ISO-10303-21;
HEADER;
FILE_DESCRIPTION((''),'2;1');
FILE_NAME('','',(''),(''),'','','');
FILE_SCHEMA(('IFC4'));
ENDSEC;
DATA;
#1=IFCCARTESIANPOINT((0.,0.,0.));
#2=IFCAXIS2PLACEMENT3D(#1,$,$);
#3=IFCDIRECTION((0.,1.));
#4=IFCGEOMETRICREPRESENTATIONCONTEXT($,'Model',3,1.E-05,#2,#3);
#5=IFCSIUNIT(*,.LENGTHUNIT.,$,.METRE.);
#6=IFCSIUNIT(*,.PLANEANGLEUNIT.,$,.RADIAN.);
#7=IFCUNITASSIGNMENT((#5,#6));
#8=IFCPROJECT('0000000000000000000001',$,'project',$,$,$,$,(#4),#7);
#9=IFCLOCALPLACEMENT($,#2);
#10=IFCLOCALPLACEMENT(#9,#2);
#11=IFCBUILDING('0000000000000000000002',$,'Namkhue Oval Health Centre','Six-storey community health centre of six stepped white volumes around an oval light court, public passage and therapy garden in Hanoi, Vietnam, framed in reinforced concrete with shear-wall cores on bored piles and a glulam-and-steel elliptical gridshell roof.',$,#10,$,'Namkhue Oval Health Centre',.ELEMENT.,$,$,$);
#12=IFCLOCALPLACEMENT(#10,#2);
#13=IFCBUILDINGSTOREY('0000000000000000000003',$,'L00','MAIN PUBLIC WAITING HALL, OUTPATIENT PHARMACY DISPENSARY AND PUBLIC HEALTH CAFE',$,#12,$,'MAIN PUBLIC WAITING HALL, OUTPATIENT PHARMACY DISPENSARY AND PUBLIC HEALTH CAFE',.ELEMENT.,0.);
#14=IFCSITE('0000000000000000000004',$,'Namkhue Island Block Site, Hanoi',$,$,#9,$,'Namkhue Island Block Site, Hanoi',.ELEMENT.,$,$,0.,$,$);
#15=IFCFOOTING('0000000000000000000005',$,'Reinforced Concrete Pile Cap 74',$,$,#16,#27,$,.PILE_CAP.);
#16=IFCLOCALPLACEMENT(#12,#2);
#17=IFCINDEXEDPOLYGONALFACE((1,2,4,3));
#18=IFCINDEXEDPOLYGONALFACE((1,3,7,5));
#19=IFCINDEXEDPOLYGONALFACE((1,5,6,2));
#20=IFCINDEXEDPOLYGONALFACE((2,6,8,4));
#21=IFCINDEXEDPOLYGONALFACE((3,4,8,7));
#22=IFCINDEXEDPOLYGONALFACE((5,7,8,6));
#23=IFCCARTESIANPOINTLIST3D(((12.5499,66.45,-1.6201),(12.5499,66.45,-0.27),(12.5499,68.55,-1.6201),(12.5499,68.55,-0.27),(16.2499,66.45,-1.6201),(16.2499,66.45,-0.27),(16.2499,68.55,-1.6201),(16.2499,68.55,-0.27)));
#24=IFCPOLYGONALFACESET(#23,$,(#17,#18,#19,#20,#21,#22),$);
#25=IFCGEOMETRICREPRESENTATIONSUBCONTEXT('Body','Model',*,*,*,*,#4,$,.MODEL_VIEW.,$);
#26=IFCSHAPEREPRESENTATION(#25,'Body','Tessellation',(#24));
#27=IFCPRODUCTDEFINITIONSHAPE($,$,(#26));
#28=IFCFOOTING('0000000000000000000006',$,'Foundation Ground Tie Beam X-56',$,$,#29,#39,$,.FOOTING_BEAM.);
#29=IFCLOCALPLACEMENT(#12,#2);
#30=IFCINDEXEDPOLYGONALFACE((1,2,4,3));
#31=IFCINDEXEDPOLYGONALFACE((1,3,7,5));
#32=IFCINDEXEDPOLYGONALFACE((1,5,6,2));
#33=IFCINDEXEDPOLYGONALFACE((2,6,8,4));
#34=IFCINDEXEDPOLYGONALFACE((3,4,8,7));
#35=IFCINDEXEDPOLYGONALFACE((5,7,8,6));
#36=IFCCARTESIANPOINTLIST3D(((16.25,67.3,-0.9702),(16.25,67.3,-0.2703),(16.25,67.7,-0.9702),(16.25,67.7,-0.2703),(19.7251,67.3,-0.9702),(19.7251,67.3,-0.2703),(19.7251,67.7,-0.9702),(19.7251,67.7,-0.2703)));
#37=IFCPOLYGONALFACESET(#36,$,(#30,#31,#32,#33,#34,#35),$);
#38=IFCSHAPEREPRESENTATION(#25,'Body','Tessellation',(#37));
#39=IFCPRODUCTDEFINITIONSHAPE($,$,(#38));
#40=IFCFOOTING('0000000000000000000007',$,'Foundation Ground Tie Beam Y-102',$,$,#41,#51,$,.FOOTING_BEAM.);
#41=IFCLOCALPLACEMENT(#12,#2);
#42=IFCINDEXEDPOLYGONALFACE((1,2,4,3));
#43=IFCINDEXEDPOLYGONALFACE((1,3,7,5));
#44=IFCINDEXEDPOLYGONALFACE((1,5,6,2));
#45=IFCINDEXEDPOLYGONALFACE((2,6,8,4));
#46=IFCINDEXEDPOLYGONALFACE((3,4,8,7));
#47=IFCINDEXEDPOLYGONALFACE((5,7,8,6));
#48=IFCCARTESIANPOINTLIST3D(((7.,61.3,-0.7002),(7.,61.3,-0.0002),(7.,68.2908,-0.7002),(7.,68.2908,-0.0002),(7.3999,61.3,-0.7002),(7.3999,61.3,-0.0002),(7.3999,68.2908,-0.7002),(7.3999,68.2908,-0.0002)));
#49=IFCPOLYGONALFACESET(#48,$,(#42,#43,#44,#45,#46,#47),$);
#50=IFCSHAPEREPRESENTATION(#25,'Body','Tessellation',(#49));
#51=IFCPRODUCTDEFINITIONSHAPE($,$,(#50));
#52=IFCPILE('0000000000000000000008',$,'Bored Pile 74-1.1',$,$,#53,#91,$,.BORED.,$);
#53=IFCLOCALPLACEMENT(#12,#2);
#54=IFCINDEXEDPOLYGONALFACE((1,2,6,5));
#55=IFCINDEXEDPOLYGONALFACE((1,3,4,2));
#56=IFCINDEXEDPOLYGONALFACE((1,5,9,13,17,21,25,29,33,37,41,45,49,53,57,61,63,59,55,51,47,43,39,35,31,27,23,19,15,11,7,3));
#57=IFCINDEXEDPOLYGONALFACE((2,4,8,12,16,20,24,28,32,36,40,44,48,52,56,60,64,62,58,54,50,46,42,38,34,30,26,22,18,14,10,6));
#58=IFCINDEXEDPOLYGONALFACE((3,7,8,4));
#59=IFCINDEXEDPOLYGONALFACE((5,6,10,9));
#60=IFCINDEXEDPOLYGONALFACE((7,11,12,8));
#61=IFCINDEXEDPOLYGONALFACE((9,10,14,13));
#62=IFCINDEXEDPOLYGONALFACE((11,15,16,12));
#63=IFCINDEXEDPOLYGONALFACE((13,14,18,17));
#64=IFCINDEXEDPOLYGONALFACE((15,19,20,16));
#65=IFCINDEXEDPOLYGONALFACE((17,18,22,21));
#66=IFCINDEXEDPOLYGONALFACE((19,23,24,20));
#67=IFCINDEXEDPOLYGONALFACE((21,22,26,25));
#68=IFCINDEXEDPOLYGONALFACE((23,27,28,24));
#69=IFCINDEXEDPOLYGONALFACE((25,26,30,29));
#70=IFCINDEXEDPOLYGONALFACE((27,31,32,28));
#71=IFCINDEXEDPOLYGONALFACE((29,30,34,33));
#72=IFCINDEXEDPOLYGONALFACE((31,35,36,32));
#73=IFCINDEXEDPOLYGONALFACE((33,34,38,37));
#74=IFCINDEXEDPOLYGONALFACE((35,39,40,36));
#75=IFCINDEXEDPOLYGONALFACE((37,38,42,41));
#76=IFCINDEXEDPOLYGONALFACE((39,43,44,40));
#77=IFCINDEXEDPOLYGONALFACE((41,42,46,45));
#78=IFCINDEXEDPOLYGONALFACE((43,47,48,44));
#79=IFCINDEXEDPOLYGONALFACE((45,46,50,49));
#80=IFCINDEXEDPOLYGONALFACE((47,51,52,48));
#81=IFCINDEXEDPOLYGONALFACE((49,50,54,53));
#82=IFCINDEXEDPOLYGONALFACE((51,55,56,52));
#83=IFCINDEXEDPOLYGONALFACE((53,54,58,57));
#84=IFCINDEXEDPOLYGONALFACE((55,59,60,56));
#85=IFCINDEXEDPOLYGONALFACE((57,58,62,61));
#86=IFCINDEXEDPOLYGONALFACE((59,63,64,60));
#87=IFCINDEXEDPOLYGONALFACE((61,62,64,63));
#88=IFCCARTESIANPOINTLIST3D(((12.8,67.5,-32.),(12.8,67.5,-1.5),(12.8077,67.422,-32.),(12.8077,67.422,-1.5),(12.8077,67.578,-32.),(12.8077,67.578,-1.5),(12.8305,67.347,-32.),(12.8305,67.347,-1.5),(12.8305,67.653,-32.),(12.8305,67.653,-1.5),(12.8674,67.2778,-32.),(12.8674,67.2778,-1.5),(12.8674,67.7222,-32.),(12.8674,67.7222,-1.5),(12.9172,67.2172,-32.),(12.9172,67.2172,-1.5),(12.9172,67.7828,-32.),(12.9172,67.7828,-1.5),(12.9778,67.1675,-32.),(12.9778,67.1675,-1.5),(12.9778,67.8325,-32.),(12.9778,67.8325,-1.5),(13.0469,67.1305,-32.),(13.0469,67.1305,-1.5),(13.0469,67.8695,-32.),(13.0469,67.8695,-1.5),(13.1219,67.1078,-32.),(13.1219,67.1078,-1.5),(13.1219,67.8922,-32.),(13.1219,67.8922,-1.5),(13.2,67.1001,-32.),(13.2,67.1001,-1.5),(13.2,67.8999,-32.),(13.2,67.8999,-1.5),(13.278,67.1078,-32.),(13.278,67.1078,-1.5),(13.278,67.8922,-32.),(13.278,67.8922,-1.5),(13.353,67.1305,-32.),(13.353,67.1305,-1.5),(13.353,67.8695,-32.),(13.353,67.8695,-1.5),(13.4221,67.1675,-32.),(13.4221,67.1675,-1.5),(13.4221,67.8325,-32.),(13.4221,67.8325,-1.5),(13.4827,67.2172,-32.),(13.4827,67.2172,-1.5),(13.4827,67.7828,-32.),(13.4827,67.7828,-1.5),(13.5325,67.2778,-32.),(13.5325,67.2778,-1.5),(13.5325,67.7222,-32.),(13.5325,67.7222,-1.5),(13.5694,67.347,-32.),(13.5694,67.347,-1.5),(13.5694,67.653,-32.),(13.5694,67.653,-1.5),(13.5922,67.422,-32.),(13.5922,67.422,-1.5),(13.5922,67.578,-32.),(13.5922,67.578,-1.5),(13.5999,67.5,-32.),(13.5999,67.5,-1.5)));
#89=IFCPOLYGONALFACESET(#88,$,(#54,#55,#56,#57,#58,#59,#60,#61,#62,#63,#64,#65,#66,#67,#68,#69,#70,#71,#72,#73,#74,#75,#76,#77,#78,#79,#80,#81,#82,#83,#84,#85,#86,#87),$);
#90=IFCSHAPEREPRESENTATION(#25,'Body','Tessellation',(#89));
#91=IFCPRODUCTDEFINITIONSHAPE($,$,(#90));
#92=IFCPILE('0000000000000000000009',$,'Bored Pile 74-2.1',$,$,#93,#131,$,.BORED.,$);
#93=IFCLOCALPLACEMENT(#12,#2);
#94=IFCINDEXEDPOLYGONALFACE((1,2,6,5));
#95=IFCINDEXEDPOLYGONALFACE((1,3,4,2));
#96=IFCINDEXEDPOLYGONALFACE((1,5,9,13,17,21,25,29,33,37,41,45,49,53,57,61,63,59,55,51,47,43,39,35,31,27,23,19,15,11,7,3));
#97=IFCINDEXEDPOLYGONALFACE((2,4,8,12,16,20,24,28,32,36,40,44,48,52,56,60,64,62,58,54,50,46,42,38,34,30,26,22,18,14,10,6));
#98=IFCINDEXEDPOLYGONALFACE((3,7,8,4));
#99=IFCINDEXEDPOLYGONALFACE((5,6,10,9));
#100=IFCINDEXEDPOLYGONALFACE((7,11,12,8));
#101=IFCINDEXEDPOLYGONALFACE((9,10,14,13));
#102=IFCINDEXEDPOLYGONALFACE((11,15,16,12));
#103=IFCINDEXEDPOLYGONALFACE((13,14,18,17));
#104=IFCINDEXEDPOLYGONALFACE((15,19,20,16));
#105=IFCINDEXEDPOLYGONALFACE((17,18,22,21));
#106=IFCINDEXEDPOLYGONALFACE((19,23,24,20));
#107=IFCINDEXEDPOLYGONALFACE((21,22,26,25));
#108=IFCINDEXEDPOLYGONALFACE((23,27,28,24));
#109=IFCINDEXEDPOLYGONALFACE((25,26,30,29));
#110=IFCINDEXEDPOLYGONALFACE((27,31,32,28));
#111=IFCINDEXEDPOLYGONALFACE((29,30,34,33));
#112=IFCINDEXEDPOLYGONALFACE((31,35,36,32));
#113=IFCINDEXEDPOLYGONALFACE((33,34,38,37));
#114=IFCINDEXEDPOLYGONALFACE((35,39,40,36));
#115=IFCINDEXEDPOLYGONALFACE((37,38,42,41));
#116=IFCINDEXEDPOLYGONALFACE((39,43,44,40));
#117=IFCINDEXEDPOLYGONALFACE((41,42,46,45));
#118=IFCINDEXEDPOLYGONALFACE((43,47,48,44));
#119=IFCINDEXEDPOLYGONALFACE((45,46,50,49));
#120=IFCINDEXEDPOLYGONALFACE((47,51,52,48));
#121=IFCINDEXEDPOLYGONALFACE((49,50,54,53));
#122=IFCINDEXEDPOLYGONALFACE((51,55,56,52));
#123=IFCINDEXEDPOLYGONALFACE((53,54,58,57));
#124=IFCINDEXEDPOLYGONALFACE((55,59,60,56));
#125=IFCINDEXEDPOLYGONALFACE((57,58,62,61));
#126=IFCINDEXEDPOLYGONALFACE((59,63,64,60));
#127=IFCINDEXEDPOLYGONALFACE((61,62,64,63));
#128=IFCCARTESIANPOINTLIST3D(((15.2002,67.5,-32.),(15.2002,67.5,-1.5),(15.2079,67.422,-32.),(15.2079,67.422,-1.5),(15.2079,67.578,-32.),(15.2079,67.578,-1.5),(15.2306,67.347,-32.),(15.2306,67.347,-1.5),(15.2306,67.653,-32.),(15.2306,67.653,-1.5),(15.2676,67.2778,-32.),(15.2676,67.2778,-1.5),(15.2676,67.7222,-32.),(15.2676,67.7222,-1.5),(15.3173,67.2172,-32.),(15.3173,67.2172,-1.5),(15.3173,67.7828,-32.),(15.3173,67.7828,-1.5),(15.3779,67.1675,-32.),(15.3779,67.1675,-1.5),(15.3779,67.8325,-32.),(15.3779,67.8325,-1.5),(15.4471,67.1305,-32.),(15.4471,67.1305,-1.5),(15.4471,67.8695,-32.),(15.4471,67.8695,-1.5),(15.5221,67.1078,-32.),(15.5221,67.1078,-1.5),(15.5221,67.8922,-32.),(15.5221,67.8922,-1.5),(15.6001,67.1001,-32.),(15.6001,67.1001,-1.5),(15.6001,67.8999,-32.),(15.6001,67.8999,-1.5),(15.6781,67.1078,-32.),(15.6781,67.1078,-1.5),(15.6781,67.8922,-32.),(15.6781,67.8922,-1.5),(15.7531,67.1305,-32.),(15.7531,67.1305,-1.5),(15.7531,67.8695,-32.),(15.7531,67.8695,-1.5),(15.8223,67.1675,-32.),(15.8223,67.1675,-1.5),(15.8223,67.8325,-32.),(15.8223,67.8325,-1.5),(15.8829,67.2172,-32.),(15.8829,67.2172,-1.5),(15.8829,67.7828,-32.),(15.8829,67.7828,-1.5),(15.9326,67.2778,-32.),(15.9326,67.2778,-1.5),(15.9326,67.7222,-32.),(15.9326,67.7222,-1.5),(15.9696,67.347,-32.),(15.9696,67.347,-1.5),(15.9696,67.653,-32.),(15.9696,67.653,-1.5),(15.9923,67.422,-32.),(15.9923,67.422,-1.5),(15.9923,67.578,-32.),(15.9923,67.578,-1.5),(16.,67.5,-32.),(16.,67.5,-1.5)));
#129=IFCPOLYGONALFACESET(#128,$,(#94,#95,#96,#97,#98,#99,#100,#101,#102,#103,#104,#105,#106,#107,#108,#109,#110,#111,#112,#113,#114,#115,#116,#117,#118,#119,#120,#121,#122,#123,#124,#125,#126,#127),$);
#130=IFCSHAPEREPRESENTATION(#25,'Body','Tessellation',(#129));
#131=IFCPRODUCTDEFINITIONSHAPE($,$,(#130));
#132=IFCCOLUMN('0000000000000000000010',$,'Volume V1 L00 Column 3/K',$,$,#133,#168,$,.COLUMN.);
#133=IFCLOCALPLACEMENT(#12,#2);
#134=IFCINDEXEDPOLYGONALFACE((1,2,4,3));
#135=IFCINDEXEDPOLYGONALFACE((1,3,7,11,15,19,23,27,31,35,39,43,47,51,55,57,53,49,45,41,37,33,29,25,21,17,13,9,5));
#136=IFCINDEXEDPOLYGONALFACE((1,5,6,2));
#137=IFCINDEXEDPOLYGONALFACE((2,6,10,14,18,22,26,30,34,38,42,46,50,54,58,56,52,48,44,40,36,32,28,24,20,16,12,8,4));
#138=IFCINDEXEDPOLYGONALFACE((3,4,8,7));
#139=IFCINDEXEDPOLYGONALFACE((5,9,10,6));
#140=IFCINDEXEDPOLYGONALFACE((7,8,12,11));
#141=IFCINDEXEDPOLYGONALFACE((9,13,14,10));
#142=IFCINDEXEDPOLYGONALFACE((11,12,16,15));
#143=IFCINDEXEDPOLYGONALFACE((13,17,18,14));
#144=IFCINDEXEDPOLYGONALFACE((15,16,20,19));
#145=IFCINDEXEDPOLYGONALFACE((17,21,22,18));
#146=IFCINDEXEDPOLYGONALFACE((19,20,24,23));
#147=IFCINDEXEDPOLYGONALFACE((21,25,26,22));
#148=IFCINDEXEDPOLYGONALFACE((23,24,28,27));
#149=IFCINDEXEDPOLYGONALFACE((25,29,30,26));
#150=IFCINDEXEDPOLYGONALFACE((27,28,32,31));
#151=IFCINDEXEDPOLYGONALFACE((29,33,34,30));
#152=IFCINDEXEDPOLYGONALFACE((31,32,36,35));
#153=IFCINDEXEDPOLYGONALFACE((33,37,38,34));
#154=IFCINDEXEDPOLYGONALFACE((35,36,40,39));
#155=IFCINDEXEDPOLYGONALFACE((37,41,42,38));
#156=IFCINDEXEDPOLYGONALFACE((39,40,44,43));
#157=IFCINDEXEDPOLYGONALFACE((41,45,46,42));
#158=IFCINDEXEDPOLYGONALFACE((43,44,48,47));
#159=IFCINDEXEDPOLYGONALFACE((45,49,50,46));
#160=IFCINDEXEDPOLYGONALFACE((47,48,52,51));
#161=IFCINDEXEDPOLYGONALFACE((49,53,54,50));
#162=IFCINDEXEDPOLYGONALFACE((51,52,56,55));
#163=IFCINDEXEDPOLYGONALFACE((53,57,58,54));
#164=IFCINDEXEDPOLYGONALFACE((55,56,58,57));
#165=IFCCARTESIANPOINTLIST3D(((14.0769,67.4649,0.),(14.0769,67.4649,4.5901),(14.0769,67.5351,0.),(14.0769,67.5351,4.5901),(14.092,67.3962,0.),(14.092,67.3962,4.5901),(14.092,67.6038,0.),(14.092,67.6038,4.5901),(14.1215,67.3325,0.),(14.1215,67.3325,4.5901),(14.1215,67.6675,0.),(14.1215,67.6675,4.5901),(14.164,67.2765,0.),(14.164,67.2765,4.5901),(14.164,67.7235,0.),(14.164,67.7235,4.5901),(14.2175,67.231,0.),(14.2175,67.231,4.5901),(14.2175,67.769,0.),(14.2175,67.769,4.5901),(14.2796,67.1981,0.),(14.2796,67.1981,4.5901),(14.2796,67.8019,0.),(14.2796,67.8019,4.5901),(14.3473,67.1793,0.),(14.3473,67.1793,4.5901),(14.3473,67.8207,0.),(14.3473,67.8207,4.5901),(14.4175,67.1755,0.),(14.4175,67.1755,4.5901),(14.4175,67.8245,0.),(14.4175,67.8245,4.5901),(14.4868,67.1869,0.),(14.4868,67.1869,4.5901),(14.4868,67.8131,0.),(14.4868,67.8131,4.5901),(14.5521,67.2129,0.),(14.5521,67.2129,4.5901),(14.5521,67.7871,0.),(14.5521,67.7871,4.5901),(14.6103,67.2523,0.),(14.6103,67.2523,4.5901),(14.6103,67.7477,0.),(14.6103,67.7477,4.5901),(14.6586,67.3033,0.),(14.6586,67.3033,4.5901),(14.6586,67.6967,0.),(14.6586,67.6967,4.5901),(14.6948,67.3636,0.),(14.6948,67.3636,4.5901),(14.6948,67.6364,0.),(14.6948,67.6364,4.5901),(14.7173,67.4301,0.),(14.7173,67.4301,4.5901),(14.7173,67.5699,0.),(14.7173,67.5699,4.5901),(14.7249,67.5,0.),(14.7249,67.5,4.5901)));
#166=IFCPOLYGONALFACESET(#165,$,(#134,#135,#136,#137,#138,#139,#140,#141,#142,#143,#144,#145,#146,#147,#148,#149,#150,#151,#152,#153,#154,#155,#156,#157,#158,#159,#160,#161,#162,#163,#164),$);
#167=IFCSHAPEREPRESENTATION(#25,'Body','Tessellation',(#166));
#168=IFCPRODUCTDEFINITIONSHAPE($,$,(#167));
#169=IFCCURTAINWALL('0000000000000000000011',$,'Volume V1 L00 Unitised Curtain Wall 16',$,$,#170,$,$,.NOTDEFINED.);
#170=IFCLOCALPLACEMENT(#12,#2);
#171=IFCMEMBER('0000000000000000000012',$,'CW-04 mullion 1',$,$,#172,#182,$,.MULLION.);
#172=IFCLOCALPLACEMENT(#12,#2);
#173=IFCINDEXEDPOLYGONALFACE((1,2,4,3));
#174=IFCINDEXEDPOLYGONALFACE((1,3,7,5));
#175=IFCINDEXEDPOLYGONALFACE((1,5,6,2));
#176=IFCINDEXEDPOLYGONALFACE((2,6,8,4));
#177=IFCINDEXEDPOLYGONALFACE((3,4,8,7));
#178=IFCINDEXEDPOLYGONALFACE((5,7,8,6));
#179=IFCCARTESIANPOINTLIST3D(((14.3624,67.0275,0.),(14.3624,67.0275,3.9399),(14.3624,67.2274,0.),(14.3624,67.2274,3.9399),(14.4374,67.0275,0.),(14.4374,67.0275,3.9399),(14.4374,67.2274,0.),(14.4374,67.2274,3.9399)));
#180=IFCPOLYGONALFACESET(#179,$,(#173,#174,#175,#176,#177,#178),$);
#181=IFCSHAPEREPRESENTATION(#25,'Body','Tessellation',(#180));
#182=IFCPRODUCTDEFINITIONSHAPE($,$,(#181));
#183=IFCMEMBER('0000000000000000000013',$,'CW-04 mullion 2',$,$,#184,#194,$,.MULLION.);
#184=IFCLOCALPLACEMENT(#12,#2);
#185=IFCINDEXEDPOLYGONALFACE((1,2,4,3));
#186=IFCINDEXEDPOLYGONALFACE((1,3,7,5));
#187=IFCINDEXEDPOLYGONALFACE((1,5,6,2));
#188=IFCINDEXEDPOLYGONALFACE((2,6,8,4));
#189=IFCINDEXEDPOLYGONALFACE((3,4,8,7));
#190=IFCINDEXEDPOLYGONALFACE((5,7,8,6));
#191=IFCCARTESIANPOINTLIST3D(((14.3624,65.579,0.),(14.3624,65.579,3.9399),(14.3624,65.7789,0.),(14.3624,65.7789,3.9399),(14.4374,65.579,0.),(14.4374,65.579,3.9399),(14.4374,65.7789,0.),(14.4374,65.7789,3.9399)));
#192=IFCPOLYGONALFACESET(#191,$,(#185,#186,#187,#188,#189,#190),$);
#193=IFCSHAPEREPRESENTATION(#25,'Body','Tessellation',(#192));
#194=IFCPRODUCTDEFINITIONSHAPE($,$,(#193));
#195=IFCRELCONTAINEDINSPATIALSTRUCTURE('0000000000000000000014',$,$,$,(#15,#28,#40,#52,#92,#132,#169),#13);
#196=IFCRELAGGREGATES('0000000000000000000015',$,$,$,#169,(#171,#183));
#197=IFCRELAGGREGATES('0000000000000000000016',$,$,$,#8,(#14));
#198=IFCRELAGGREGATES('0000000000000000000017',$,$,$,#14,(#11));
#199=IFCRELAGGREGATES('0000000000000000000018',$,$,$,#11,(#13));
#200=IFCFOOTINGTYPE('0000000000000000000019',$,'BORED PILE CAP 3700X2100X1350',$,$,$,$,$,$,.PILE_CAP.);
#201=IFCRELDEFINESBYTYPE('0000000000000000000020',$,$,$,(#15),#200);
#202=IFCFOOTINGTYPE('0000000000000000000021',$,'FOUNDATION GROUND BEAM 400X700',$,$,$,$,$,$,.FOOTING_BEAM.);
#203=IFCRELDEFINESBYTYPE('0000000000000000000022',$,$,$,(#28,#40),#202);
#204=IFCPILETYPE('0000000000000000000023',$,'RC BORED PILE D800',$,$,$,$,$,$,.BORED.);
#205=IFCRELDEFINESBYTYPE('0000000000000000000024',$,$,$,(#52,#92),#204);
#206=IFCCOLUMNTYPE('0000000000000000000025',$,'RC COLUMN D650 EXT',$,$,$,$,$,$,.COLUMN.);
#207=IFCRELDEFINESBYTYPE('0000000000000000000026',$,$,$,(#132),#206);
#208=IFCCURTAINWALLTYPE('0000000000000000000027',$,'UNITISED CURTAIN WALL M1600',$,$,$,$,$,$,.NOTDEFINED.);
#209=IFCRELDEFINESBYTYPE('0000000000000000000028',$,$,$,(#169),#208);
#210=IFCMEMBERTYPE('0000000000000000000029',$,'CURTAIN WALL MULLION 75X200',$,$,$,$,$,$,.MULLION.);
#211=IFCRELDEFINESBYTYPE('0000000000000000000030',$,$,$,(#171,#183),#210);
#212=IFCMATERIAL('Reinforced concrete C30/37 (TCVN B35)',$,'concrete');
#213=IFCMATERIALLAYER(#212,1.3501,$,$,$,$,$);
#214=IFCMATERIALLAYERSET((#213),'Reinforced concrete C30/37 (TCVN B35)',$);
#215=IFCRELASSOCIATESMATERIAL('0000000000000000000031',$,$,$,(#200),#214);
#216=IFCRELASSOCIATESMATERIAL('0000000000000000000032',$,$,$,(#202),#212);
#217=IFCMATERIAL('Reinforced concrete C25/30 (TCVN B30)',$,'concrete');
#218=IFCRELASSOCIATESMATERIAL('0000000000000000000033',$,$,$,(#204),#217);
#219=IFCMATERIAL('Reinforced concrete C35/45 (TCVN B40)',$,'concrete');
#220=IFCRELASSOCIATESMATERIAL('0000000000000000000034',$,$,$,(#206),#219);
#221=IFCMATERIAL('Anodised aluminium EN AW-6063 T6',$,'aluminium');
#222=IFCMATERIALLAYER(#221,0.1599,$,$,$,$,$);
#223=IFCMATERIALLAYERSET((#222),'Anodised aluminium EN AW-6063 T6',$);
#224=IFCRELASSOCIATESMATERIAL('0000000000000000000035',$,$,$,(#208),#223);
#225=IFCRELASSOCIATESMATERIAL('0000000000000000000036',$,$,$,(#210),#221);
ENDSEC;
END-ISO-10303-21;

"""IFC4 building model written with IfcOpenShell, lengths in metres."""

from ifc_helpers import new_model, si_unit, direction, frame, origin, origin_2d, place, context, subcontext, project, spatial, rectangle, circle, extrude, material, layer, layer_set, material_profile, profile_set, type_object, element, aggregate, save


model = new_model("IFC4")

# Units and contexts
model_context = context("Model", 3, precision=1e-05, world=origin(), true_north=direction((0.0, 1.0)))
body_context = subcontext(model_context, "Body", "Model", "MODEL_VIEW")
ifc_project = project(units=[si_unit("LENGTHUNIT", "METRE"), si_unit("PLANEANGLEUNIT", "RADIAN")], contexts=[model_context])

# Site, building, storey
site_placement = place(None, origin())
site = spatial("IfcSite", under=ifc_project, at=site_placement, Name="Namkhue Island Block Site, Hanoi", LongName="Namkhue Island Block Site, Hanoi", CompositionType="ELEMENT", RefElevation=0.0)
building_placement = place(site_placement, origin())
building = spatial("IfcBuilding", under=site, at=building_placement, Name="Namkhue Oval Health Centre", Description="Six-storey community health centre of six stepped white volumes around an oval light court, public passage and therapy garden in Hanoi, Vietnam, framed in reinforced concrete with shear-wall cores on bored piles and a glulam-and-steel elliptical gridshell roof.", LongName="Namkhue Oval Health Centre", CompositionType="ELEMENT")
storey_placement = place(building_placement, origin())
storey = spatial("IfcBuildingStorey", under=building, at=storey_placement, Name="L00", Description="MAIN PUBLIC WAITING HALL, OUTPATIENT PHARMACY DISPENSARY AND PUBLIC HEALTH CAFE", LongName="MAIN PUBLIC WAITING HALL, OUTPATIENT PHARMACY DISPENSARY AND PUBLIC HEALTH CAFE", CompositionType="ELEMENT", Elevation=0.0)

# Footings
ifc_material_1 = material(Name="Reinforced concrete C30/37 (TCVN B35)", Category="concrete")
ifc_layer_1 = layer(ifc_material_1, 1.3501)
ifc_layer_set_1 = layer_set([ifc_layer_1], Name="Reinforced concrete C30/37 (TCVN B35)")
footing_type_1 = type_object("IfcFootingType", Name="BORED PILE CAP 3700X2100X1350", PredefinedType="PILE_CAP", material=ifc_layer_set_1)
footing_1_placement = place(storey_placement, frame((14.3999, 67.5, -1.6201), z_axis=(0.0, 0.0, 1.0), x_axis=(1.0, 0.0, 0.0)))
element("IfcFooting", 1, at=footing_1_placement, inside=storey, type_object=footing_type_1, Name="Reinforced Concrete Pile Cap 74", PredefinedType="PILE_CAP", context=body_context, shape_type="SweptSolid", body=[
    extrude(rectangle(XDim=3.7, YDim=2.1001, at=origin_2d()), origin(), (0.0, 0.0, 1.0), 1.3501),
])
footing_type_2 = type_object("IfcFootingType", Name="FOUNDATION GROUND BEAM 400X700", PredefinedType="FOOTING_BEAM", material=ifc_material_1)
footing_2_placement = place(storey_placement, frame((17.9875, 67.5, -0.9702), z_axis=(0.0, 0.0, 1.0), x_axis=(1.0, 0.0, 0.0)))
element("IfcFooting", 2, at=footing_2_placement, inside=storey, type_object=footing_type_2, Name="Foundation Ground Tie Beam X-56", PredefinedType="FOOTING_BEAM", context=body_context, shape_type="SweptSolid", body=[
    extrude(rectangle(XDim=3.4751, YDim=0.3999, at=origin_2d()), origin(), (0.0, 0.0, 1.0), 0.7),
])
footing_3_placement = place(storey_placement, frame((7.2, 64.7954, -0.7002), z_axis=(0.0, 0.0, 1.0), x_axis=(0.0, 1.0, 0.0)))
element("IfcFooting", 3, at=footing_3_placement, inside=storey, type_object=footing_type_2, Name="Foundation Ground Tie Beam Y-102", PredefinedType="FOOTING_BEAM", context=body_context, shape_type="SweptSolid", body=[
    extrude(rectangle(XDim=6.9907, YDim=0.3999, at=origin_2d()), origin(), (0.0, 0.0, 1.0), 0.7),
])

# Piles
ifc_material_2 = material(Name="Reinforced concrete C25/30 (TCVN B30)", Category="concrete")
ifc_material_profile_1 = material_profile(ifc_material_2, circle(Radius=0.3999, at=origin_2d()), Name="BORED PILE D800")
ifc_profile_set_1 = profile_set([ifc_material_profile_1], Name="Reinforced concrete C25/30 (TCVN B30)")
pile_type = type_object("IfcPileType", Name="RC BORED PILE D800", PredefinedType="BORED", material=ifc_profile_set_1)
for number, where, z_axis, x_axis, name in (
    (4, (13.2, 67.5, -1.5), (0.0, 0.0, -1.0), (1.0, 0.0, 0.0), "Bored Pile 74-1.1"),
    (5, (15.6001, 67.5, -1.5), (0.0, 0.0, -1.0), (1.0, 0.0, 0.0), "Bored Pile 74-2.1"),
):
    element("IfcPile", number, at=place(storey_placement, frame(where, z_axis=z_axis, x_axis=x_axis)), inside=storey, type_object=pile_type, Name=name, PredefinedType="BORED", context=body_context, shape_type="SweptSolid", body=[
        extrude(circle(Radius=0.3999, at=origin_2d()), origin(), (0.0, 0.0, 1.0), 30.5),
    ])

# Column
ifc_material_3 = material(Name="Reinforced concrete C35/45 (TCVN B40)", Category="concrete")
ifc_material_profile_2 = material_profile(ifc_material_3, circle(Radius=0.325, at=origin_2d()), Name="RC D650")
ifc_profile_set_2 = profile_set([ifc_material_profile_2], Name="Reinforced concrete C35/45 (TCVN B40)")
column_type = type_object("IfcColumnType", Name="RC COLUMN D650 EXT", PredefinedType="COLUMN", material=ifc_profile_set_2)
column_placement = place(storey_placement, frame((14.3999, 67.5, 0.0), z_axis=(0.0, 0.0, 1.0), x_axis=(1.0, 0.0, 0.0)))
element("IfcColumn", 6, at=column_placement, inside=storey, type_object=column_type, Name="Volume V1 L00 Column 3/K", PredefinedType="COLUMN", context=body_context, shape_type="SweptSolid", body=[
    extrude(circle(Radius=0.325, at=origin_2d()), origin(), (0.0, 0.0, 1.0), 4.5901),
])

# Curtain wall, members
ifc_material_4 = material(Name="Anodised aluminium EN AW-6063 T6", Category="aluminium")
ifc_layer_2 = layer(ifc_material_4, 0.1599)
ifc_layer_set_2 = layer_set([ifc_layer_2], Name="Anodised aluminium EN AW-6063 T6")
curtain_wall_type = type_object("IfcCurtainWallType", Name="UNITISED CURTAIN WALL M1600", PredefinedType="NOTDEFINED", material=ifc_layer_set_2)
curtain_wall_placement = place(storey_placement, origin())
curtain_wall = element("IfcCurtainWall", 7, at=curtain_wall_placement, inside=storey, type_object=curtain_wall_type, Name="Volume V1 L00 Unitised Curtain Wall 16", PredefinedType="NOTDEFINED")
ifc_material_profile_3 = material_profile(ifc_material_4, rectangle(XDim=0.075, YDim=0.2, at=origin_2d()), Name="ALU 75x200")
ifc_profile_set_3 = profile_set([ifc_material_profile_3], Name="Anodised aluminium EN AW-6063 T6")
member_type_1 = type_object("IfcMemberType", Name="CURTAIN WALL MULLION 75X200", PredefinedType="MULLION", material=ifc_profile_set_3)
member_1_placement = place(storey_placement, frame((14.3999, 67.1274, 0.0), z_axis=(0.0, 0.0, 1.0), x_axis=(1.0, 0.0, 0.0)))
member_1 = element("IfcMember", 8, at=member_1_placement, type_object=member_type_1, Name="CW-04 mullion 1", PredefinedType="MULLION", context=body_context, shape_type="SweptSolid", body=[
    extrude(rectangle(XDim=0.075, YDim=0.2, at=origin_2d()), origin(), (0.0, 0.0, 1.0), 3.9399),
])
member_2_placement = place(storey_placement, frame((14.3999, 65.679, 0.0), z_axis=(0.0, 0.0, 1.0), x_axis=(1.0, 0.0, 0.0)))
member_2 = element("IfcMember", 9, at=member_2_placement, type_object=member_type_1, Name="CW-04 mullion 2", PredefinedType="MULLION", context=body_context, shape_type="SweptSolid", body=[
    extrude(rectangle(XDim=0.075, YDim=0.2, at=origin_2d()), origin(), (0.0, 0.0, 1.0), 3.9399),
])

aggregate(curtain_wall, [member_1, member_2])

save(model, "model.ifc")
